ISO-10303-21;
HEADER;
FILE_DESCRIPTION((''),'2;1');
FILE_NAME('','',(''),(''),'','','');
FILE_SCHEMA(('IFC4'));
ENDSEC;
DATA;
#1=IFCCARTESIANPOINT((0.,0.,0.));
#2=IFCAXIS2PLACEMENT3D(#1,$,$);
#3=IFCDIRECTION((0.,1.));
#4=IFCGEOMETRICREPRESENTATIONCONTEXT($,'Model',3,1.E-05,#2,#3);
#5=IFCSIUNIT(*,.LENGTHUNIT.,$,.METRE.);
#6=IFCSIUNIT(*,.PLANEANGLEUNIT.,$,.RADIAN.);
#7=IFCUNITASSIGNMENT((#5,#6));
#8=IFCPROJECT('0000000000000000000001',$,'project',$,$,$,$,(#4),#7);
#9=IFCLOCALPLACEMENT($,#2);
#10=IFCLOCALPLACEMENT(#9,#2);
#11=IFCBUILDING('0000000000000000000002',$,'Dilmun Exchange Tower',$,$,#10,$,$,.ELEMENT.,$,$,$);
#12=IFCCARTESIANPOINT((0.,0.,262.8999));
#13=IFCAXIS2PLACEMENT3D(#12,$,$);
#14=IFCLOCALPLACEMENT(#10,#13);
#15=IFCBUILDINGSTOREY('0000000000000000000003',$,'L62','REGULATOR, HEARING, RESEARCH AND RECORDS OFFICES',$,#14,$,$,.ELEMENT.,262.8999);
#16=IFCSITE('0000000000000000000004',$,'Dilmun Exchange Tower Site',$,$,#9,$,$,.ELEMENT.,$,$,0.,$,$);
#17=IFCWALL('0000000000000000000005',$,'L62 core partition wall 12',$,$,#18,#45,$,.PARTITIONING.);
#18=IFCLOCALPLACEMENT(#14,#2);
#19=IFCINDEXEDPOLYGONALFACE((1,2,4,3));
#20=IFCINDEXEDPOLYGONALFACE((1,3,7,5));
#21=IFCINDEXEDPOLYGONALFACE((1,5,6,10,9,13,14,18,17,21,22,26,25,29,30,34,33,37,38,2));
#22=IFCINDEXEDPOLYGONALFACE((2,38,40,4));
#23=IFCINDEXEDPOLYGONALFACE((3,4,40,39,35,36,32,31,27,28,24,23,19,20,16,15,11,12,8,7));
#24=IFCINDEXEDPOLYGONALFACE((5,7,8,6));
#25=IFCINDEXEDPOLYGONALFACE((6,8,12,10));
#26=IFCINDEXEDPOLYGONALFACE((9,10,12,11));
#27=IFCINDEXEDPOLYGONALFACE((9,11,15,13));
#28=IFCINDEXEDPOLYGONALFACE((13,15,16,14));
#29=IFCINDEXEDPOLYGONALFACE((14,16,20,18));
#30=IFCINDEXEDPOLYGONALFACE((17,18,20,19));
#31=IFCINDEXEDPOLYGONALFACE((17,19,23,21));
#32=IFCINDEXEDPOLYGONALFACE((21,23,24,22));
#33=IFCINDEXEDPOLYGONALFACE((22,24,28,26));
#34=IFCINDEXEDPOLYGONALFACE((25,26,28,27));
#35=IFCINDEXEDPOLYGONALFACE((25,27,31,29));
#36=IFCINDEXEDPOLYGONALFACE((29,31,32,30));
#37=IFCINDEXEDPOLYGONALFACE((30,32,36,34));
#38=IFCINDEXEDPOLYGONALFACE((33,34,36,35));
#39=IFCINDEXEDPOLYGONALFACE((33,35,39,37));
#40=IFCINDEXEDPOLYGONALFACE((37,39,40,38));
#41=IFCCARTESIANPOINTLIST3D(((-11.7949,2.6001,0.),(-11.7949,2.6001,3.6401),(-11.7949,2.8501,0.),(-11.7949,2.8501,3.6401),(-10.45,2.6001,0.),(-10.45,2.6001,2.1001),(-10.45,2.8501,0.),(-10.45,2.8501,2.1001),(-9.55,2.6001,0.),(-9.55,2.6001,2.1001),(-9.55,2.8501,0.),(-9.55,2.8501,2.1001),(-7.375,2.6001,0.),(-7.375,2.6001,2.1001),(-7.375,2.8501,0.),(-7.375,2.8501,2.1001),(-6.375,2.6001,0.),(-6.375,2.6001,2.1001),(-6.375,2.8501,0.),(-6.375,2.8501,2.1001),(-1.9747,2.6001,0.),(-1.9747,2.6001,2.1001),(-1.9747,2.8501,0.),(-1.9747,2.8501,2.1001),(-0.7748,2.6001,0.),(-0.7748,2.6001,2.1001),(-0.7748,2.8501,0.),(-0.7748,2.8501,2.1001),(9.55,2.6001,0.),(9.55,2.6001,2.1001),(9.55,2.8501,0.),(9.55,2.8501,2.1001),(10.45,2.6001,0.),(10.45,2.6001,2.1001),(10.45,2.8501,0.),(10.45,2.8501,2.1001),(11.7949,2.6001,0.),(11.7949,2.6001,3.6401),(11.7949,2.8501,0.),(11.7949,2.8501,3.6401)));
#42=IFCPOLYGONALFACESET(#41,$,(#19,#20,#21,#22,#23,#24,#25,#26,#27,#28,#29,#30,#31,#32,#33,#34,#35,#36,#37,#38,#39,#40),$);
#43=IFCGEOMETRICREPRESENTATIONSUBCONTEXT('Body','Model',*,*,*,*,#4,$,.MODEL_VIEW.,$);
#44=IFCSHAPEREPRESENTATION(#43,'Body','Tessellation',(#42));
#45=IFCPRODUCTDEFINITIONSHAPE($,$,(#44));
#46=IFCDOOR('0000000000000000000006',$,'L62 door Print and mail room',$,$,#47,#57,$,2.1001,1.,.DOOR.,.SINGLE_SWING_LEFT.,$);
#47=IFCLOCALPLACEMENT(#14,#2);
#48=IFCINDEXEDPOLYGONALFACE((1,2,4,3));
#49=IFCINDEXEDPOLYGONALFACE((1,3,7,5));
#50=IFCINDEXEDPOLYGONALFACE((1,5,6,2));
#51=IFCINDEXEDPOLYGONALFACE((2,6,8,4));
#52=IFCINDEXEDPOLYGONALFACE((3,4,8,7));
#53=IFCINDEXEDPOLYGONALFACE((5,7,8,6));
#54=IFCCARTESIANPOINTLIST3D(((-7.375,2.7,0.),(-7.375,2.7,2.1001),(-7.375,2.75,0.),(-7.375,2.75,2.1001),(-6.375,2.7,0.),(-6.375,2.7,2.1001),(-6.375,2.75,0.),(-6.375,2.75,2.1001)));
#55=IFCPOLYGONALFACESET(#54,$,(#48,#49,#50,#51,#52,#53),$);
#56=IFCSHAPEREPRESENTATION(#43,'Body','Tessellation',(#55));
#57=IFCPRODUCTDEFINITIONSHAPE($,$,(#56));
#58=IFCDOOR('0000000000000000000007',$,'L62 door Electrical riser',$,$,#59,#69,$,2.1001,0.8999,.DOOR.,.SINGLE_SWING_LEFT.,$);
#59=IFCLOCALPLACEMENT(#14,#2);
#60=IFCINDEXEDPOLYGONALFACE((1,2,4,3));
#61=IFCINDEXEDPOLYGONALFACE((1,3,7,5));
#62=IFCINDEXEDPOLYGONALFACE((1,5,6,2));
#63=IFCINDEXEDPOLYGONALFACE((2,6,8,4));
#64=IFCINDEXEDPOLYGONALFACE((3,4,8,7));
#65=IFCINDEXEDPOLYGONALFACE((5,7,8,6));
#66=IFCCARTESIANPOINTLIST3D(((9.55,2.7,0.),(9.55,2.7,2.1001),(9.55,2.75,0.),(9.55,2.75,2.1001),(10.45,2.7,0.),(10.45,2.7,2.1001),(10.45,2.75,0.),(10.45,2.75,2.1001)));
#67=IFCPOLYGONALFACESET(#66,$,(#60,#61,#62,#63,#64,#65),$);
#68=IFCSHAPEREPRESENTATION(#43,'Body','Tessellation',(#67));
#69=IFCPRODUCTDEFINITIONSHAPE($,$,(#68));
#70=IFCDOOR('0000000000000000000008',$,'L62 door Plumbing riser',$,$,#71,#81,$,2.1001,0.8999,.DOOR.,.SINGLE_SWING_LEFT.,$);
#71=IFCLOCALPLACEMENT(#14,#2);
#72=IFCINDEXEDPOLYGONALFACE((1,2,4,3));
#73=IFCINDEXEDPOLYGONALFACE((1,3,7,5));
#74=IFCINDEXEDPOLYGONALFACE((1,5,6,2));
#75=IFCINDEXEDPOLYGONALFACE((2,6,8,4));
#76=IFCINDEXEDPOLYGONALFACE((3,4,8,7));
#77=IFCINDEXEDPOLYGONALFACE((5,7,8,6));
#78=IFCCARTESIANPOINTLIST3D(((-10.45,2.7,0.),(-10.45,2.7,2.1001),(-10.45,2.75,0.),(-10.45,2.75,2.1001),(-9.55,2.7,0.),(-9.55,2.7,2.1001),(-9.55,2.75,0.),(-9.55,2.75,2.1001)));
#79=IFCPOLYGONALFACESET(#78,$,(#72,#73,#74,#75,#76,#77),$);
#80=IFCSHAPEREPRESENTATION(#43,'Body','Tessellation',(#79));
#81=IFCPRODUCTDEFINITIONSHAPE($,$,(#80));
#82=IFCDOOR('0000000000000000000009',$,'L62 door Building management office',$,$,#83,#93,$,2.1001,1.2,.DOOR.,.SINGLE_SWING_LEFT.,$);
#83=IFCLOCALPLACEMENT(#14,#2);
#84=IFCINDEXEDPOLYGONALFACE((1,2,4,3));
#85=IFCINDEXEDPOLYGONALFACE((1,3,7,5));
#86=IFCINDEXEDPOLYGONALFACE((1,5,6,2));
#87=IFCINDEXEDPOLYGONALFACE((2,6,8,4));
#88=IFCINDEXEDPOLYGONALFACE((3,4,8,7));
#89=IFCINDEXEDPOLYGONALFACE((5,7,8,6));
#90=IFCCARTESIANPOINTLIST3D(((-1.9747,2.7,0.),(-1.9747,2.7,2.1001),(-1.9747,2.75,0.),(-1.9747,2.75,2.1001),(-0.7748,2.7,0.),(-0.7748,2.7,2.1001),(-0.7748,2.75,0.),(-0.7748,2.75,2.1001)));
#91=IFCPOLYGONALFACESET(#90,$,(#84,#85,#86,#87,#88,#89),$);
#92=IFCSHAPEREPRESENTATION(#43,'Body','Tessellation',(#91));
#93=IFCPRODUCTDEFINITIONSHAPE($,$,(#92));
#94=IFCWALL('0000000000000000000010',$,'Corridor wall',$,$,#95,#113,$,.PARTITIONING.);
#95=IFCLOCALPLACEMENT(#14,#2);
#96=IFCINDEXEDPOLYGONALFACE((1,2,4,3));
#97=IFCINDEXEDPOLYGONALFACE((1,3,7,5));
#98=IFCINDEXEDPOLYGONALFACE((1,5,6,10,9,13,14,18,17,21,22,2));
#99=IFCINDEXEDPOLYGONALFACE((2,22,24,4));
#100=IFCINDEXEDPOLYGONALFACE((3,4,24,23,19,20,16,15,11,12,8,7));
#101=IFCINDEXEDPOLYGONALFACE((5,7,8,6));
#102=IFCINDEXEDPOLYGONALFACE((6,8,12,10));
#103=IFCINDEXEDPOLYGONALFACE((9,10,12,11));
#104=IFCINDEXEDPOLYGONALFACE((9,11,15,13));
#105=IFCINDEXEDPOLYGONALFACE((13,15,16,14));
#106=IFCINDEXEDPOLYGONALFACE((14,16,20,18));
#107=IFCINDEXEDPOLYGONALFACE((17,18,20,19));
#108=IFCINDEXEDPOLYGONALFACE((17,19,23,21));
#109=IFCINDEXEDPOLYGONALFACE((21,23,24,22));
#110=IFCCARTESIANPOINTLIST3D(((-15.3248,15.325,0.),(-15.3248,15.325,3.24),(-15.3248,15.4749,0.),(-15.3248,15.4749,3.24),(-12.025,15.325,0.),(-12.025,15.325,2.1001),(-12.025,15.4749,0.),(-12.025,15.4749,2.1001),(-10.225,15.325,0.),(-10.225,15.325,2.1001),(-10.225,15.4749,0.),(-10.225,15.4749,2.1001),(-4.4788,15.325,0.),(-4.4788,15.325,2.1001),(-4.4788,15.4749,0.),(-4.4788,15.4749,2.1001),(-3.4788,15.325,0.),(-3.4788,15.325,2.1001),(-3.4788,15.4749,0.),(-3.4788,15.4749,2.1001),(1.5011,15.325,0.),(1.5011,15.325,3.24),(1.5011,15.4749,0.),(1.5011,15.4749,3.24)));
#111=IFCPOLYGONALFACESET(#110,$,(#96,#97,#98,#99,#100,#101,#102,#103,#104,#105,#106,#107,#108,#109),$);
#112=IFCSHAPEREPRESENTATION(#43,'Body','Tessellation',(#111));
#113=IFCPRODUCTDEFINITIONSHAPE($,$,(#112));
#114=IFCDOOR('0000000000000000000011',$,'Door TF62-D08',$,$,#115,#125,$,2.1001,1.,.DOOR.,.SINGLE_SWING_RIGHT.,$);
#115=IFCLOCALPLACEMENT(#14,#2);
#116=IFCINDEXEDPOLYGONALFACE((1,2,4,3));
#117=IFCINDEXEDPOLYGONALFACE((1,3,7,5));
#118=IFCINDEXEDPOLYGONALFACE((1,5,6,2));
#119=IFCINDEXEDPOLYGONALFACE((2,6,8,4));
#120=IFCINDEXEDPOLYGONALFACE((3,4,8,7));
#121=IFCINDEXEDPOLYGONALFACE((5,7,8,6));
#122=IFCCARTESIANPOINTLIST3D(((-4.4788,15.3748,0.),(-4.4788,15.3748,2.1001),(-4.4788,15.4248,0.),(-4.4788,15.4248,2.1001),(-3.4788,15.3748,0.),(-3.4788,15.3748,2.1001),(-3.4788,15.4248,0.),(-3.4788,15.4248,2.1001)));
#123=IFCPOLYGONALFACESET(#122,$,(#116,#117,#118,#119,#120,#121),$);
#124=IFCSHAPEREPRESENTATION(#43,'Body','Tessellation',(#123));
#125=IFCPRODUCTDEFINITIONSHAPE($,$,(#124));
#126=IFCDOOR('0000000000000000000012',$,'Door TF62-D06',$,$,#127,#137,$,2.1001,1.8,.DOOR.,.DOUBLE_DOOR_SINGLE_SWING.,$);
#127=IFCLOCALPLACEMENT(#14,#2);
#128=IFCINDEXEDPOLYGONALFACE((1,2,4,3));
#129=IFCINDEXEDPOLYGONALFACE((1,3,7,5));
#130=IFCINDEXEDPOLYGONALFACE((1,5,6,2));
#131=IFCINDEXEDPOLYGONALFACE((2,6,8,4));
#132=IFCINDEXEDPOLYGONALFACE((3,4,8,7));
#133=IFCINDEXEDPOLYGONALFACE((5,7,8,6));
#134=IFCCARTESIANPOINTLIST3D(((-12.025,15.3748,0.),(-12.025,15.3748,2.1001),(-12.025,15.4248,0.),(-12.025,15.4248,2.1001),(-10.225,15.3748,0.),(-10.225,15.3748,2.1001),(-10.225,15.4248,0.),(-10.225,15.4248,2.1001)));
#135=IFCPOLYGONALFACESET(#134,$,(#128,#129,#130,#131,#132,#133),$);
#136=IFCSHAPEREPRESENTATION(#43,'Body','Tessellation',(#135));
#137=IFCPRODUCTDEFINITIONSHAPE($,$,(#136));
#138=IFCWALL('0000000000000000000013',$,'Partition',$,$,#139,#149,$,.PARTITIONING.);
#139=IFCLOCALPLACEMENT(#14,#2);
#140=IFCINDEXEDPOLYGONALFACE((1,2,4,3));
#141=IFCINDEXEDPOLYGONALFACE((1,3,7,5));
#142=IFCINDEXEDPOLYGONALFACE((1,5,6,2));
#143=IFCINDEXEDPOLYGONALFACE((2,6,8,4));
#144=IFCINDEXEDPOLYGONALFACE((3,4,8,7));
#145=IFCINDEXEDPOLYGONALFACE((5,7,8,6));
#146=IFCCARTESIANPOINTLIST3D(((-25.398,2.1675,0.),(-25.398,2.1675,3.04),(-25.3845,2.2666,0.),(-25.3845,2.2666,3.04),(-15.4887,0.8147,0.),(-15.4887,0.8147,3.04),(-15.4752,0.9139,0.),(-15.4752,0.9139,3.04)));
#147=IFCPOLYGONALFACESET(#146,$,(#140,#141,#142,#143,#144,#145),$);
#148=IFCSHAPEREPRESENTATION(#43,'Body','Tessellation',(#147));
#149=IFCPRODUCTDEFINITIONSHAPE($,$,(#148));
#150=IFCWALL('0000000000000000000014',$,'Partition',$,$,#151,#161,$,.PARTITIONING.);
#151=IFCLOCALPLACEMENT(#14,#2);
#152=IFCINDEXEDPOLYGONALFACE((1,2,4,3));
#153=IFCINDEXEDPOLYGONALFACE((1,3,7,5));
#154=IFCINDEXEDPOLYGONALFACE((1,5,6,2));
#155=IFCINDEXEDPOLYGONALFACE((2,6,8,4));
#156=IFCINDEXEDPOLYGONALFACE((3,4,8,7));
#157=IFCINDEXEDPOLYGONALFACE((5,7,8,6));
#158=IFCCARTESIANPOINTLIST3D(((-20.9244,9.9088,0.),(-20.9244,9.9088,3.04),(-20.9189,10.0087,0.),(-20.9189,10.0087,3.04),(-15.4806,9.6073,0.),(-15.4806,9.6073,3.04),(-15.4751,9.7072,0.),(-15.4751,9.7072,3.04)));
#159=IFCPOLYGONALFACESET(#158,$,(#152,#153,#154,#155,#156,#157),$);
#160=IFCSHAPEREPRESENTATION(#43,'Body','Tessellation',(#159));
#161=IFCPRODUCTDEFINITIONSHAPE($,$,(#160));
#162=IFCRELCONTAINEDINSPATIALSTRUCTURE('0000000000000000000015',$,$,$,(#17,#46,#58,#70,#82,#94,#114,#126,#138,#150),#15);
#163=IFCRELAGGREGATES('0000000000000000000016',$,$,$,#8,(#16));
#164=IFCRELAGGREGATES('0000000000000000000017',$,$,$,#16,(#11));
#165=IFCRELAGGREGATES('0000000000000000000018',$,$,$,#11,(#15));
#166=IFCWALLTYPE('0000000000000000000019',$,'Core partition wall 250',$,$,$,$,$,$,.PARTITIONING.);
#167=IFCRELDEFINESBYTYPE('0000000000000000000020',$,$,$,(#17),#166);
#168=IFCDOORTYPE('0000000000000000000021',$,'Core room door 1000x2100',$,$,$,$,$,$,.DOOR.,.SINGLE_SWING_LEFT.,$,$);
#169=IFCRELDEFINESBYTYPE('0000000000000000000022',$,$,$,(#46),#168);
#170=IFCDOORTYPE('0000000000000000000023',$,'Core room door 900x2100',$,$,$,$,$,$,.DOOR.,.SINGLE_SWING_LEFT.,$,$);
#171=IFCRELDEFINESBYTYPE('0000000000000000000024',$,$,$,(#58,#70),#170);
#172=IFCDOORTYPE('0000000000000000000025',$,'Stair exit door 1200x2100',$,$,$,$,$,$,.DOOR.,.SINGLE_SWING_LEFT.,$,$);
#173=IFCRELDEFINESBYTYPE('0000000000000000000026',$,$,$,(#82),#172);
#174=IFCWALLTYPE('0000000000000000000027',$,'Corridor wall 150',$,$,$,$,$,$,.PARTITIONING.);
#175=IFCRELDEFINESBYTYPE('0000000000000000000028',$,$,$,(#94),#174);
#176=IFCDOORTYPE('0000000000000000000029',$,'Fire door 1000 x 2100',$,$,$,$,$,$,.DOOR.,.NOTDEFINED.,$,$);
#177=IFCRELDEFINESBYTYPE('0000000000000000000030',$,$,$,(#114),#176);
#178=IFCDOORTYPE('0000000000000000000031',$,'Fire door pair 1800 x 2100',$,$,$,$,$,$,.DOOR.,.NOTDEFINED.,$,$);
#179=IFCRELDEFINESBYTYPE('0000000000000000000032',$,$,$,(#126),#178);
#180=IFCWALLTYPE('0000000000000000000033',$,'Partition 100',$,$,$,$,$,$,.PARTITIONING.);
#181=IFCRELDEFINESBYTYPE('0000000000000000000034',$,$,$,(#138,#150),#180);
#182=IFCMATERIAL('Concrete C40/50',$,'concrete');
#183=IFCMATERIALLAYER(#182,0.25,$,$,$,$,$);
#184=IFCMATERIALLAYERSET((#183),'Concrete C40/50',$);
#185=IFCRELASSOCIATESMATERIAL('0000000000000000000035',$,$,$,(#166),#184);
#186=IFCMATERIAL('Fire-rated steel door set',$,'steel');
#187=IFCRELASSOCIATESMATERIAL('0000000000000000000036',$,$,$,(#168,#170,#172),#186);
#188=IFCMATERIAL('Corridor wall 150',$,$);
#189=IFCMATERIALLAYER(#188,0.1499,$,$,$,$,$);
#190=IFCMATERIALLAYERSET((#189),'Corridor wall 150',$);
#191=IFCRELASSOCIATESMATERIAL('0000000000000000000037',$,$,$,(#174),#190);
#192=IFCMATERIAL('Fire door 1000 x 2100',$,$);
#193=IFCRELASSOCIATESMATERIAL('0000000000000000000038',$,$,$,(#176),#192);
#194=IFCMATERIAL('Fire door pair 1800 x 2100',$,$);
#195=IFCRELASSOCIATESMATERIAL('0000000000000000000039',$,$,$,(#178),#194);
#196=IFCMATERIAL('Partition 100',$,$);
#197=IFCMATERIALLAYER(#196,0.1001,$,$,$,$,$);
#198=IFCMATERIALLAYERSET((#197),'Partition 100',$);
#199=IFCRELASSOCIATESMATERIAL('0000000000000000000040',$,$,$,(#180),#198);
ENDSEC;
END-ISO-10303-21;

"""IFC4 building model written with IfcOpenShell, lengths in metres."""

from ifc_helpers import new_model, si_unit, direction, frame, frame_2d, origin, place, context, subcontext, project, spatial, rectangle, extrude, material, layer, layer_set, type_object, element, fill, save


model = new_model("IFC4")

# Units and contexts
model_context = context("Model", 3, precision=1e-05, world=origin(), true_north=direction((0.0, 1.0)))
body_context = subcontext(model_context, "Body", "Model", "MODEL_VIEW")
ifc_project = project(units=[si_unit("LENGTHUNIT", "METRE"), si_unit("PLANEANGLEUNIT", "RADIAN")], contexts=[model_context])

# Site, building, storey
site_placement = place(None, origin())
site = spatial("IfcSite", under=ifc_project, at=site_placement, Name="Dilmun Exchange Tower Site", CompositionType="ELEMENT", RefElevation=0.0)
building_placement = place(site_placement, origin())
building = spatial("IfcBuilding", under=site, at=building_placement, Name="Dilmun Exchange Tower", CompositionType="ELEMENT")
storey_placement = place(building_placement, frame((0.0, 0.0, 262.8999)))
storey = spatial("IfcBuildingStorey", under=building, at=storey_placement, Name="L62", Description="REGULATOR, HEARING, RESEARCH AND RECORDS OFFICES", CompositionType="ELEMENT", Elevation=262.8999)

# Shared definitions
ifc_material_1 = material(Name="Concrete C40/50", Category="concrete")

# Walls, openings, doors
ifc_layer_1 = layer(ifc_material_1, 0.25)
ifc_layer_set_1 = layer_set([ifc_layer_1], Name="Concrete C40/50")
wall_type_1 = type_object("IfcWallType", Name="Core partition wall 250", PredefinedType="PARTITIONING", material=ifc_layer_set_1)
wall_1_placement = place(storey_placement, frame((-11.7949, 2.7251, 0.0), z_axis=(0.0, 0.0, 1.0), x_axis=(1.0, 0.0, 0.0)))
wall_1 = element("IfcWall", 1, at=wall_1_placement, inside=storey, type_object=wall_type_1, Name="L62 core partition wall 12", PredefinedType="PARTITIONING", context=body_context, shape_type="SweptSolid", body=[
    extrude(rectangle(XDim=23.5898, YDim=0.25, at=frame_2d((11.7949, 0.0))), origin(), (0.0, 0.0, 1.0), 3.6401),
])
opening_1_placement = place(wall_1_placement, frame((21.345, 0.0, 0.0)))
opening_1 = element("IfcOpeningElement", 2, at=opening_1_placement, cuts=wall_1, PredefinedType="OPENING", context=body_context, shape_type="SweptSolid", body=[
    extrude(rectangle(XDim=0.8999, YDim=2.1001, at=frame_2d((0.45, 1.05))), frame((0.0, 0.135, 0.0), z_axis=(0.0, -1.0, 0.0), x_axis=(1.0, 0.0, 0.0)), (0.0, 0.0, 1.0), 0.27),
])
opening_2_placement = place(wall_1_placement, frame((1.345, 0.0, 0.0)))
opening_2 = element("IfcOpeningElement", 3, at=opening_2_placement, cuts=wall_1, PredefinedType="OPENING", context=body_context, shape_type="SweptSolid", body=[
    extrude(rectangle(XDim=0.8999, YDim=2.1001, at=frame_2d((0.45, 1.05))), frame((0.0, 0.135, 0.0), z_axis=(0.0, -1.0, 0.0), x_axis=(1.0, 0.0, 0.0)), (0.0, 0.0, 1.0), 0.27),
])
opening_3_placement = place(wall_1_placement, frame((4.4199, 0.0, 0.0)))
opening_3 = element("IfcOpeningElement", 4, at=opening_3_placement, cuts=wall_1, PredefinedType="OPENING", context=body_context, shape_type="SweptSolid", body=[
    extrude(rectangle(XDim=1.0, YDim=2.1001, at=frame_2d((0.5, 1.05))), frame((0.0, 0.135, 0.0), z_axis=(0.0, -1.0, 0.0), x_axis=(1.0, 0.0, 0.0)), (0.0, 0.0, 1.0), 0.27),
])
opening_4_placement = place(wall_1_placement, frame((9.8201, 0.0, 0.0)))
opening_4 = element("IfcOpeningElement", 5, at=opening_4_placement, cuts=wall_1, PredefinedType="OPENING", context=body_context, shape_type="SweptSolid", body=[
    extrude(rectangle(XDim=1.2, YDim=2.1001, at=frame_2d((0.6001, 1.05))), frame((0.0, 0.135, 0.0), z_axis=(0.0, -1.0, 0.0), x_axis=(1.0, 0.0, 0.0)), (0.0, 0.0, 1.0), 0.27),
])
ifc_material_2 = material(Name="Fire-rated steel door set", Category="steel")
door_type_1 = type_object("IfcDoorType", Name="Core room door 1000x2100", OperationType="SINGLE_SWING_LEFT", PredefinedType="DOOR", material=ifc_material_2)
door_1_placement = place(opening_3_placement, origin())
door_1 = element("IfcDoor", 6, at=door_1_placement, inside=storey, type_object=door_type_1, Name="L62 door Print and mail room", OperationType="SINGLE_SWING_LEFT", OverallHeight=2.1001, OverallWidth=1.0, PredefinedType="DOOR", context=body_context, shape_type="SweptSolid", body=[
    extrude(rectangle(XDim=1.0, YDim=2.1001, at=frame_2d((0.5, 1.05))), frame((0.0, 0.0249, 0.0), z_axis=(0.0, -1.0, 0.0), x_axis=(1.0, 0.0, 0.0)), (0.0, 0.0, 1.0), 0.05),
])
fill(opening_3, door_1)
door_type_2 = type_object("IfcDoorType", Name="Core room door 900x2100", OperationType="SINGLE_SWING_LEFT", PredefinedType="DOOR", material=ifc_material_2)
door_2_placement = place(opening_1_placement, origin())
door_2 = element("IfcDoor", 7, at=door_2_placement, inside=storey, type_object=door_type_2, Name="L62 door Electrical riser", OperationType="SINGLE_SWING_LEFT", OverallHeight=2.1001, OverallWidth=0.8999, PredefinedType="DOOR", context=body_context, shape_type="SweptSolid", body=[
    extrude(rectangle(XDim=0.8999, YDim=2.1001, at=frame_2d((0.45, 1.05))), frame((0.0, 0.0249, 0.0), z_axis=(0.0, -1.0, 0.0), x_axis=(1.0, 0.0, 0.0)), (0.0, 0.0, 1.0), 0.05),
])
fill(opening_1, door_2)
door_3_placement = place(opening_2_placement, origin())
door_3 = element("IfcDoor", 8, at=door_3_placement, inside=storey, type_object=door_type_2, Name="L62 door Plumbing riser", OperationType="SINGLE_SWING_LEFT", OverallHeight=2.1001, OverallWidth=0.8999, PredefinedType="DOOR", context=body_context, shape_type="SweptSolid", body=[
    extrude(rectangle(XDim=0.8999, YDim=2.1001, at=frame_2d((0.45, 1.05))), frame((0.0, 0.0249, 0.0), z_axis=(0.0, -1.0, 0.0), x_axis=(1.0, 0.0, 0.0)), (0.0, 0.0, 1.0), 0.05),
])
fill(opening_2, door_3)
door_type_3 = type_object("IfcDoorType", Name="Stair exit door 1200x2100", OperationType="SINGLE_SWING_LEFT", PredefinedType="DOOR", material=ifc_material_2)
door_4_placement = place(opening_4_placement, origin())
door_4 = element("IfcDoor", 9, at=door_4_placement, inside=storey, type_object=door_type_3, Name="L62 door Building management office", OperationType="SINGLE_SWING_LEFT", OverallHeight=2.1001, OverallWidth=1.2, PredefinedType="DOOR", context=body_context, shape_type="SweptSolid", body=[
    extrude(rectangle(XDim=1.2, YDim=2.1001, at=frame_2d((0.6001, 1.05))), frame((0.0, 0.0249, 0.0), z_axis=(0.0, -1.0, 0.0), x_axis=(1.0, 0.0, 0.0)), (0.0, 0.0, 1.0), 0.05),
])
fill(opening_4, door_4)
ifc_material_3 = material(Name="Corridor wall 150")
ifc_layer_2 = layer(ifc_material_3, 0.1499)
ifc_layer_set_2 = layer_set([ifc_layer_2], Name="Corridor wall 150")
wall_type_2 = type_object("IfcWallType", Name="Corridor wall 150", PredefinedType="PARTITIONING", material=ifc_layer_set_2)
wall_2_placement = place(storey_placement, frame((-15.325, 15.3999, 0.0), z_axis=(0.0, 0.0, 1.0), x_axis=(1.0, 0.0, 0.0)))
wall_2 = element("IfcWall", 10, at=wall_2_placement, inside=storey, type_object=wall_type_2, Name="Corridor wall", PredefinedType="PARTITIONING", context=body_context, shape_type="SweptSolid", body=[
    extrude(rectangle(XDim=16.8259, YDim=0.1499, at=frame_2d((8.4131, 0.0))), origin(), (0.0, 0.0, 1.0), 3.24),
])
opening_5_placement = place(wall_2_placement, frame((3.3, 0.0, 0.0)))
opening_5 = element("IfcOpeningElement", 11, at=opening_5_placement, cuts=wall_2, PredefinedType="OPENING", context=body_context, shape_type="SweptSolid", body=[
    extrude(rectangle(XDim=1.8, YDim=2.1001, at=frame_2d((0.8999, 1.05))), frame((0.0, 0.085, 0.0), z_axis=(0.0, -1.0, 0.0), x_axis=(1.0, 0.0, 0.0)), (0.0, 0.0, 1.0), 0.1699),
])
opening_6_placement = place(wall_2_placement, frame((10.8462, 0.0, 0.0)))
opening_6 = element("IfcOpeningElement", 12, at=opening_6_placement, cuts=wall_2, PredefinedType="OPENING", context=body_context, shape_type="SweptSolid", body=[
    extrude(rectangle(XDim=1.0, YDim=2.1001, at=frame_2d((0.5, 1.05))), frame((0.0, 0.085, 0.0), z_axis=(0.0, -1.0, 0.0), x_axis=(1.0, 0.0, 0.0)), (0.0, 0.0, 1.0), 0.1699),
])
ifc_material_4 = material(Name="Fire door 1000 x 2100")
door_type_4 = type_object("IfcDoorType", Name="Fire door 1000 x 2100", OperationType="NOTDEFINED", PredefinedType="DOOR", material=ifc_material_4)
door_5_placement = place(opening_6_placement, origin())
door_5 = element("IfcDoor", 13, at=door_5_placement, inside=storey, type_object=door_type_4, Name="Door TF62-D08", OperationType="SINGLE_SWING_RIGHT", OverallHeight=2.1001, OverallWidth=1.0, PredefinedType="DOOR", context=body_context, shape_type="SweptSolid", body=[
    extrude(rectangle(XDim=1.0, YDim=2.1001, at=frame_2d((0.5, 1.05))), frame((0.0, 0.0249, 0.0), z_axis=(0.0, -1.0, 0.0), x_axis=(1.0, 0.0, 0.0)), (0.0, 0.0, 1.0), 0.05),
])
fill(opening_6, door_5)
ifc_material_5 = material(Name="Fire door pair 1800 x 2100")
door_type_5 = type_object("IfcDoorType", Name="Fire door pair 1800 x 2100", OperationType="NOTDEFINED", PredefinedType="DOOR", material=ifc_material_5)
door_6_placement = place(opening_5_placement, origin())
door_6 = element("IfcDoor", 14, at=door_6_placement, inside=storey, type_object=door_type_5, Name="Door TF62-D06", OperationType="DOUBLE_DOOR_SINGLE_SWING", OverallHeight=2.1001, OverallWidth=1.8, PredefinedType="DOOR", context=body_context, shape_type="SweptSolid", body=[
    extrude(rectangle(XDim=1.8, YDim=2.1001, at=frame_2d((0.8999, 1.05))), frame((0.0, 0.0249, 0.0), z_axis=(0.0, -1.0, 0.0), x_axis=(1.0, 0.0, 0.0)), (0.0, 0.0, 1.0), 0.05),
])
fill(opening_5, door_6)

# Walls
ifc_material_6 = material(Name="Partition 100")
ifc_layer_3 = layer(ifc_material_6, 0.1001)
ifc_layer_set_3 = layer_set([ifc_layer_3], Name="Partition 100")
wall_type_3 = type_object("IfcWallType", Name="Partition 100", PredefinedType="PARTITIONING", material=ifc_layer_set_3)
wall_3_placement = place(storey_placement, frame((-25.3911, 2.217, 0.0), z_axis=(0.0, 0.0, 1.0), x_axis=(0.99081, -0.13526, 0.0)))
element("IfcWall", 15, at=wall_3_placement, inside=storey, type_object=wall_type_3, Name="Partition", PredefinedType="PARTITIONING", context=body_context, shape_type="SweptSolid", body=[
    extrude(rectangle(XDim=10.0012, YDim=0.1001, at=frame_2d((5.0005, 0.0))), origin(), (0.0, 0.0, 1.0), 3.04),
])
wall_4_placement = place(storey_placement, frame((-20.9216, 9.9587, 0.0), z_axis=(0.0, 0.0, 1.0), x_axis=(0.99847, -0.055301, 0.0)))
element("IfcWall", 16, at=wall_4_placement, inside=storey, type_object=wall_type_3, Name="Partition", PredefinedType="PARTITIONING", context=body_context, shape_type="SweptSolid", body=[
    extrude(rectangle(XDim=5.4521, YDim=0.1001, at=frame_2d((2.7261, 0.0))), origin(), (0.0, 0.0, 1.0), 3.04),
])

save(model, "model.ifc")
